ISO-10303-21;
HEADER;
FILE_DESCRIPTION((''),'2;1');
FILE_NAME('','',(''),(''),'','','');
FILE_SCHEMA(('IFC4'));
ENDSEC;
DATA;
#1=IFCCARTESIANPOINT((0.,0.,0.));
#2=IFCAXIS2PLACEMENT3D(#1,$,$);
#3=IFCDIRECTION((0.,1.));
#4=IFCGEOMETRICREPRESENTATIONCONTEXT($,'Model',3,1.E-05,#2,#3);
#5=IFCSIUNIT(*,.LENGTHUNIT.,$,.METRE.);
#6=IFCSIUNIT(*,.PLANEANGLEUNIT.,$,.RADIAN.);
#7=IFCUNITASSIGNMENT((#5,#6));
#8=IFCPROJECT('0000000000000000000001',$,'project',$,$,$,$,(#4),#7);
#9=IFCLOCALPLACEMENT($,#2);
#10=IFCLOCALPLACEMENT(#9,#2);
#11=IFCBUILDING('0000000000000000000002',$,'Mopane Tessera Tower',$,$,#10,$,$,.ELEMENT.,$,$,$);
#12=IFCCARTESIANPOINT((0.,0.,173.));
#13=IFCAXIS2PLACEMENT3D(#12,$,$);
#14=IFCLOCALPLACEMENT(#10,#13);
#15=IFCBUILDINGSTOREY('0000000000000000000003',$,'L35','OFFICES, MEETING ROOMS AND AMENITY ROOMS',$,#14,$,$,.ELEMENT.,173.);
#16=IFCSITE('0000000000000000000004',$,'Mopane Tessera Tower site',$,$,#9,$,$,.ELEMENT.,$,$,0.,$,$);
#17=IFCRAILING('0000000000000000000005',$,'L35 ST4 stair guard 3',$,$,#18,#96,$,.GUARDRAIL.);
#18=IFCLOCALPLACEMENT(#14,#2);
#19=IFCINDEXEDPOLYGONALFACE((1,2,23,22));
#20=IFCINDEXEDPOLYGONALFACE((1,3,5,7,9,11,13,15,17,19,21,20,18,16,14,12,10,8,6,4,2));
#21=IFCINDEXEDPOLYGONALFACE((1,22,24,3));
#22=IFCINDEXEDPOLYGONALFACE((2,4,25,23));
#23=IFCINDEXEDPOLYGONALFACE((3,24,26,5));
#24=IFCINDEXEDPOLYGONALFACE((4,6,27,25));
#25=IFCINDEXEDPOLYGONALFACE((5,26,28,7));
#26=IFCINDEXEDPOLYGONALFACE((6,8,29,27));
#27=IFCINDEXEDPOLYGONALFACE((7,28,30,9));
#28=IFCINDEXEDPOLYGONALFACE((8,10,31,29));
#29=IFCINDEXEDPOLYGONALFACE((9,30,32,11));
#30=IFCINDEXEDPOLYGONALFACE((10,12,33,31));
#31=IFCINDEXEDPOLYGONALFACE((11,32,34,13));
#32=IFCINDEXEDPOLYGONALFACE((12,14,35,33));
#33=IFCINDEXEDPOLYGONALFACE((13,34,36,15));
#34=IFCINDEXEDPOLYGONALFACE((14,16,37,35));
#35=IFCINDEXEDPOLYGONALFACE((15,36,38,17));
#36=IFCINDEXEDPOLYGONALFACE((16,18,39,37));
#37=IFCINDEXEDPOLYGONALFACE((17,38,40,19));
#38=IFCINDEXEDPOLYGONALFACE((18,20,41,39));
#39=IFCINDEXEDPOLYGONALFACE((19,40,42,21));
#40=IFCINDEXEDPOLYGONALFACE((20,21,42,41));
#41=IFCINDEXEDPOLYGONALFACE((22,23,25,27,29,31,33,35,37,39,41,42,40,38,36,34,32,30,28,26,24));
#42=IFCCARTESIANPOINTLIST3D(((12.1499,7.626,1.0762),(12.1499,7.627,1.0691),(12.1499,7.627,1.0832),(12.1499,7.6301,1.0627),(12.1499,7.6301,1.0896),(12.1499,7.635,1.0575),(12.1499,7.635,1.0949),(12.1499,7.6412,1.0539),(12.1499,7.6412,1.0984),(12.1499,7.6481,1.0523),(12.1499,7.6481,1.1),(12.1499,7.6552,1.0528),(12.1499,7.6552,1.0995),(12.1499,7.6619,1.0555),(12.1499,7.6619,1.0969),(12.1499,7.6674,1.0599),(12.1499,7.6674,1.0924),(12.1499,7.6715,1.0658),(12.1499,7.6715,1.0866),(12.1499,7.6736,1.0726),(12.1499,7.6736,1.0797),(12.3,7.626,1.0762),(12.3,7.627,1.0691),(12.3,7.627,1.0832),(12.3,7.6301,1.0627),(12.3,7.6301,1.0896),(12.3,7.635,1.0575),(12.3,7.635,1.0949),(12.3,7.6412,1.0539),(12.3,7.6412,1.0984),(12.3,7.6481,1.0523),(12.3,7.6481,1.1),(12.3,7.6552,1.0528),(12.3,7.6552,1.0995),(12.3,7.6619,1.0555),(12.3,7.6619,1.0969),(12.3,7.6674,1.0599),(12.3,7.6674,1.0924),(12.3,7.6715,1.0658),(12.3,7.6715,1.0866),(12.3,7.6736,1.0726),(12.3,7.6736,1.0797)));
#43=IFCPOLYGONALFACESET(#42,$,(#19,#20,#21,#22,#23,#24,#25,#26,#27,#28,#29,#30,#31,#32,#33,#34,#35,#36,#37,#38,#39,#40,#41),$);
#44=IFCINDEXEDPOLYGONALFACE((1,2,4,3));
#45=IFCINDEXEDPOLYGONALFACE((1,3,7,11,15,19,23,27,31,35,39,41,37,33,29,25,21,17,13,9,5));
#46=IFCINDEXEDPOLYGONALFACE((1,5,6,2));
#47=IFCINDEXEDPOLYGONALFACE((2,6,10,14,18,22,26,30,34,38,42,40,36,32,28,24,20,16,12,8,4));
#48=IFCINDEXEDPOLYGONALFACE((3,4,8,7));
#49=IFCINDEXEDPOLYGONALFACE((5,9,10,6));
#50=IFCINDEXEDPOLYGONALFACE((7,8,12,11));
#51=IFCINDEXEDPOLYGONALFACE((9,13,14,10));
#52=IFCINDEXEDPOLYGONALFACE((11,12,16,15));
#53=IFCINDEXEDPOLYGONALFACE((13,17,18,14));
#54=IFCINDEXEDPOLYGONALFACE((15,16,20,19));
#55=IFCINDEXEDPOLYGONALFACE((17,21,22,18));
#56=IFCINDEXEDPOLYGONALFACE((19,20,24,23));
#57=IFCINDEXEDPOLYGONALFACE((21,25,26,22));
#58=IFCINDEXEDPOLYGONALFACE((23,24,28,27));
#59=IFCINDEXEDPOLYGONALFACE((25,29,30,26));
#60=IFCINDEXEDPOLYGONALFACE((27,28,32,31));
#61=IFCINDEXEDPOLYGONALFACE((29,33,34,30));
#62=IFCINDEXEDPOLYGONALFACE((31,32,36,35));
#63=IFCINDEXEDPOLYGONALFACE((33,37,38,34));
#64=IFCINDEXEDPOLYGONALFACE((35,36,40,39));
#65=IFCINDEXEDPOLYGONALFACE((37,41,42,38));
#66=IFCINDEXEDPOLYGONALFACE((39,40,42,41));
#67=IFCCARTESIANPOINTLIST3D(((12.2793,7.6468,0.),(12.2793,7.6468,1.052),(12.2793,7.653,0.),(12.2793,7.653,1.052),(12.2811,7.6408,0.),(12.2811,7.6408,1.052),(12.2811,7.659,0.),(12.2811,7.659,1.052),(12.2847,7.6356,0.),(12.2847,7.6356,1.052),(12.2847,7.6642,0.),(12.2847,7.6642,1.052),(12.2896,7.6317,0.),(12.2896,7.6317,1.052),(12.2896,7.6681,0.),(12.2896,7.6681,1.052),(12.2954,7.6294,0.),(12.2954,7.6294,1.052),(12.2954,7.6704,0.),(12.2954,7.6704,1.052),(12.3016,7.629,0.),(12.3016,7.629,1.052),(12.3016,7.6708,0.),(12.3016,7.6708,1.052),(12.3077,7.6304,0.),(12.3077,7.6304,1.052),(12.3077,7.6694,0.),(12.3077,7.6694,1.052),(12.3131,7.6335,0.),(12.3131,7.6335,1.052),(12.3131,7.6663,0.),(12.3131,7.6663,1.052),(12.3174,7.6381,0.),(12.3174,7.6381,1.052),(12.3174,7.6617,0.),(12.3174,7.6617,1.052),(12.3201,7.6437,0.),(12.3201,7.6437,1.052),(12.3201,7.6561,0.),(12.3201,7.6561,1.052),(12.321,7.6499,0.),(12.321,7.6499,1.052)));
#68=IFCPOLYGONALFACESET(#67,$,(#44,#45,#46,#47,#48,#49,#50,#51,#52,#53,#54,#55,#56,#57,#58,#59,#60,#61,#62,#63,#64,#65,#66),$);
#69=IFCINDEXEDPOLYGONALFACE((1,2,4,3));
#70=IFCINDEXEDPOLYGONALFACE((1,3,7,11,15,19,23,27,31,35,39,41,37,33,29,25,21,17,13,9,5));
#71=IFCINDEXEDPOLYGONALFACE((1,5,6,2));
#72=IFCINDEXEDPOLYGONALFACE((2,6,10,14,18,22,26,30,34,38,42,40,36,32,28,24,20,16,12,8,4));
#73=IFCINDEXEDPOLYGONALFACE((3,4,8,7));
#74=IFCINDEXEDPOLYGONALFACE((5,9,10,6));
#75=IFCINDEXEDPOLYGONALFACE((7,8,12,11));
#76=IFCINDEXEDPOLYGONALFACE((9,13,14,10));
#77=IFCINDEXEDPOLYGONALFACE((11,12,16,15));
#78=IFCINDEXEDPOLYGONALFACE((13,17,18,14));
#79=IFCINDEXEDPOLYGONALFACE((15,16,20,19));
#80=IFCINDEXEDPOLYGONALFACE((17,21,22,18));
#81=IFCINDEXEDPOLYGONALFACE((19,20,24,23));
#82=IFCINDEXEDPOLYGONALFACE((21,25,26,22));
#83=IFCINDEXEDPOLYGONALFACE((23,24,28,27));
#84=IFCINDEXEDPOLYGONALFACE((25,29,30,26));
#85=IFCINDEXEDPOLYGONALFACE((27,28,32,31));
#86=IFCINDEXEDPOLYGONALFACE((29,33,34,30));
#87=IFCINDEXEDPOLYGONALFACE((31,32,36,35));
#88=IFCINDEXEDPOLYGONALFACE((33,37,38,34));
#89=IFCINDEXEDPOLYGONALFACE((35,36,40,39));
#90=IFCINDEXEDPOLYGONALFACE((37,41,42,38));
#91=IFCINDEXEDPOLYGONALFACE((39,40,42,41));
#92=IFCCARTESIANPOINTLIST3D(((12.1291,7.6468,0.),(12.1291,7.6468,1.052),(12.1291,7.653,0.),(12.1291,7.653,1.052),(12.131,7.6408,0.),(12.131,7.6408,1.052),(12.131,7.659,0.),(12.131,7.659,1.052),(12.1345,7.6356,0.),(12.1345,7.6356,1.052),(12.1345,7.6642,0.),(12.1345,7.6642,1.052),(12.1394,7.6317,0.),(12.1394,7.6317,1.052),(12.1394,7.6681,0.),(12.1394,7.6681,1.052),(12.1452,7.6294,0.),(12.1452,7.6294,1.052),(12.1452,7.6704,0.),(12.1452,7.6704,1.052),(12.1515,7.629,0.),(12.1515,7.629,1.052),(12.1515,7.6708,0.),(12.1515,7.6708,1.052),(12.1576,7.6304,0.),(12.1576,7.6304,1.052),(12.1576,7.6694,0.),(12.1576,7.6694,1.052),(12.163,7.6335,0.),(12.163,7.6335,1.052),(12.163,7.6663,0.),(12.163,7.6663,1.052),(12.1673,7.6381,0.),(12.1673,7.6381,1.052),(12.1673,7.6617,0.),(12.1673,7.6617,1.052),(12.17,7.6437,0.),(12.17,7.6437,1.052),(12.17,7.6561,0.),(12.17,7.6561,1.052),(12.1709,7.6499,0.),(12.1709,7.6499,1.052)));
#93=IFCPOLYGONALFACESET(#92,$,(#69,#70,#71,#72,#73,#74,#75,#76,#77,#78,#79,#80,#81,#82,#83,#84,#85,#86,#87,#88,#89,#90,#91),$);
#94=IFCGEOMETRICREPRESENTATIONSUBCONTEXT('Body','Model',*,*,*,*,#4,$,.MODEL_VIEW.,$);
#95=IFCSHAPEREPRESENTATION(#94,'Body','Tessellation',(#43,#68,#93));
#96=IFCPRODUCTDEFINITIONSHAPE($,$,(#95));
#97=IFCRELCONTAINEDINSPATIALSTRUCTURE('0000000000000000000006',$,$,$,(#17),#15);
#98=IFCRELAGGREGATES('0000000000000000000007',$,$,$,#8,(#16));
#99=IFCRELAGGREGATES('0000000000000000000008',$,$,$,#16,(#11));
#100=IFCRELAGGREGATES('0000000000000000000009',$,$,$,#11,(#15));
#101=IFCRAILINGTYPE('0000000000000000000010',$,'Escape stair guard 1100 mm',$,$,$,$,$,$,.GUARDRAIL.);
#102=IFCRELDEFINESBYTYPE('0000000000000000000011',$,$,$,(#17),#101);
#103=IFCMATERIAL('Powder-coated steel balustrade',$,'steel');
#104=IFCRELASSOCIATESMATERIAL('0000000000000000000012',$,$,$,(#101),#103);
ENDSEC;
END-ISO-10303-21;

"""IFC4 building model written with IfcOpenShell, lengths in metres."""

from ifc_helpers import new_model, si_unit, direction, frame, origin, origin_2d, place, context, subcontext, project, spatial, circle, extrude, material, type_object, element, save


model = new_model("IFC4")

# Units and contexts
model_context = context("Model", 3, precision=1e-05, world=origin(), true_north=direction((0.0, 1.0)))
body_context = subcontext(model_context, "Body", "Model", "MODEL_VIEW")
ifc_project = project(units=[si_unit("LENGTHUNIT", "METRE"), si_unit("PLANEANGLEUNIT", "RADIAN")], contexts=[model_context])

# Site, building, storey
site_placement = place(None, origin())
site = spatial("IfcSite", under=ifc_project, at=site_placement, Name="Mopane Tessera Tower site", CompositionType="ELEMENT", RefElevation=0.0)
building_placement = place(site_placement, origin())
building = spatial("IfcBuilding", under=site, at=building_placement, Name="Mopane Tessera Tower", CompositionType="ELEMENT")
storey_placement = place(building_placement, frame((0.0, 0.0, 173.0)))
storey = spatial("IfcBuildingStorey", under=building, at=storey_placement, Name="L35", Description="OFFICES, MEETING ROOMS AND AMENITY ROOMS", CompositionType="ELEMENT", Elevation=173.0)

# Railing
ifc_material_1 = material(Name="Powder-coated steel balustrade", Category="steel")
railing_type_1 = type_object("IfcRailingType", Name="Escape stair guard 1100 mm", PredefinedType="GUARDRAIL", material=ifc_material_1)
railing_1_placement = place(storey_placement, frame((12.3, 7.6499, 0.0)))
element("IfcRailing", 1, at=railing_1_placement, inside=storey, type_object=railing_type_1, Name="L35 ST4 stair guard 3", PredefinedType="GUARDRAIL", context=body_context, shape_type="SweptSolid", body=[
    extrude(circle(Radius=0.0239, at=origin_2d()), frame((0.0, 0.0, 1.0762), z_axis=(-1.0, 0.0, 0.0), x_axis=(0.0, -1.0, 0.0)), (0.0, 0.0, 1.0), 0.1501),
    extrude(circle(Radius=0.021, at=origin_2d()), origin(), (0.0, 0.0, 1.0), 1.052),
    extrude(circle(Radius=0.021, at=origin_2d()), frame((-0.1501, 0.0, 0.0)), (0.0, 0.0, 1.0), 1.052),
])

save(model, "model.ifc")
